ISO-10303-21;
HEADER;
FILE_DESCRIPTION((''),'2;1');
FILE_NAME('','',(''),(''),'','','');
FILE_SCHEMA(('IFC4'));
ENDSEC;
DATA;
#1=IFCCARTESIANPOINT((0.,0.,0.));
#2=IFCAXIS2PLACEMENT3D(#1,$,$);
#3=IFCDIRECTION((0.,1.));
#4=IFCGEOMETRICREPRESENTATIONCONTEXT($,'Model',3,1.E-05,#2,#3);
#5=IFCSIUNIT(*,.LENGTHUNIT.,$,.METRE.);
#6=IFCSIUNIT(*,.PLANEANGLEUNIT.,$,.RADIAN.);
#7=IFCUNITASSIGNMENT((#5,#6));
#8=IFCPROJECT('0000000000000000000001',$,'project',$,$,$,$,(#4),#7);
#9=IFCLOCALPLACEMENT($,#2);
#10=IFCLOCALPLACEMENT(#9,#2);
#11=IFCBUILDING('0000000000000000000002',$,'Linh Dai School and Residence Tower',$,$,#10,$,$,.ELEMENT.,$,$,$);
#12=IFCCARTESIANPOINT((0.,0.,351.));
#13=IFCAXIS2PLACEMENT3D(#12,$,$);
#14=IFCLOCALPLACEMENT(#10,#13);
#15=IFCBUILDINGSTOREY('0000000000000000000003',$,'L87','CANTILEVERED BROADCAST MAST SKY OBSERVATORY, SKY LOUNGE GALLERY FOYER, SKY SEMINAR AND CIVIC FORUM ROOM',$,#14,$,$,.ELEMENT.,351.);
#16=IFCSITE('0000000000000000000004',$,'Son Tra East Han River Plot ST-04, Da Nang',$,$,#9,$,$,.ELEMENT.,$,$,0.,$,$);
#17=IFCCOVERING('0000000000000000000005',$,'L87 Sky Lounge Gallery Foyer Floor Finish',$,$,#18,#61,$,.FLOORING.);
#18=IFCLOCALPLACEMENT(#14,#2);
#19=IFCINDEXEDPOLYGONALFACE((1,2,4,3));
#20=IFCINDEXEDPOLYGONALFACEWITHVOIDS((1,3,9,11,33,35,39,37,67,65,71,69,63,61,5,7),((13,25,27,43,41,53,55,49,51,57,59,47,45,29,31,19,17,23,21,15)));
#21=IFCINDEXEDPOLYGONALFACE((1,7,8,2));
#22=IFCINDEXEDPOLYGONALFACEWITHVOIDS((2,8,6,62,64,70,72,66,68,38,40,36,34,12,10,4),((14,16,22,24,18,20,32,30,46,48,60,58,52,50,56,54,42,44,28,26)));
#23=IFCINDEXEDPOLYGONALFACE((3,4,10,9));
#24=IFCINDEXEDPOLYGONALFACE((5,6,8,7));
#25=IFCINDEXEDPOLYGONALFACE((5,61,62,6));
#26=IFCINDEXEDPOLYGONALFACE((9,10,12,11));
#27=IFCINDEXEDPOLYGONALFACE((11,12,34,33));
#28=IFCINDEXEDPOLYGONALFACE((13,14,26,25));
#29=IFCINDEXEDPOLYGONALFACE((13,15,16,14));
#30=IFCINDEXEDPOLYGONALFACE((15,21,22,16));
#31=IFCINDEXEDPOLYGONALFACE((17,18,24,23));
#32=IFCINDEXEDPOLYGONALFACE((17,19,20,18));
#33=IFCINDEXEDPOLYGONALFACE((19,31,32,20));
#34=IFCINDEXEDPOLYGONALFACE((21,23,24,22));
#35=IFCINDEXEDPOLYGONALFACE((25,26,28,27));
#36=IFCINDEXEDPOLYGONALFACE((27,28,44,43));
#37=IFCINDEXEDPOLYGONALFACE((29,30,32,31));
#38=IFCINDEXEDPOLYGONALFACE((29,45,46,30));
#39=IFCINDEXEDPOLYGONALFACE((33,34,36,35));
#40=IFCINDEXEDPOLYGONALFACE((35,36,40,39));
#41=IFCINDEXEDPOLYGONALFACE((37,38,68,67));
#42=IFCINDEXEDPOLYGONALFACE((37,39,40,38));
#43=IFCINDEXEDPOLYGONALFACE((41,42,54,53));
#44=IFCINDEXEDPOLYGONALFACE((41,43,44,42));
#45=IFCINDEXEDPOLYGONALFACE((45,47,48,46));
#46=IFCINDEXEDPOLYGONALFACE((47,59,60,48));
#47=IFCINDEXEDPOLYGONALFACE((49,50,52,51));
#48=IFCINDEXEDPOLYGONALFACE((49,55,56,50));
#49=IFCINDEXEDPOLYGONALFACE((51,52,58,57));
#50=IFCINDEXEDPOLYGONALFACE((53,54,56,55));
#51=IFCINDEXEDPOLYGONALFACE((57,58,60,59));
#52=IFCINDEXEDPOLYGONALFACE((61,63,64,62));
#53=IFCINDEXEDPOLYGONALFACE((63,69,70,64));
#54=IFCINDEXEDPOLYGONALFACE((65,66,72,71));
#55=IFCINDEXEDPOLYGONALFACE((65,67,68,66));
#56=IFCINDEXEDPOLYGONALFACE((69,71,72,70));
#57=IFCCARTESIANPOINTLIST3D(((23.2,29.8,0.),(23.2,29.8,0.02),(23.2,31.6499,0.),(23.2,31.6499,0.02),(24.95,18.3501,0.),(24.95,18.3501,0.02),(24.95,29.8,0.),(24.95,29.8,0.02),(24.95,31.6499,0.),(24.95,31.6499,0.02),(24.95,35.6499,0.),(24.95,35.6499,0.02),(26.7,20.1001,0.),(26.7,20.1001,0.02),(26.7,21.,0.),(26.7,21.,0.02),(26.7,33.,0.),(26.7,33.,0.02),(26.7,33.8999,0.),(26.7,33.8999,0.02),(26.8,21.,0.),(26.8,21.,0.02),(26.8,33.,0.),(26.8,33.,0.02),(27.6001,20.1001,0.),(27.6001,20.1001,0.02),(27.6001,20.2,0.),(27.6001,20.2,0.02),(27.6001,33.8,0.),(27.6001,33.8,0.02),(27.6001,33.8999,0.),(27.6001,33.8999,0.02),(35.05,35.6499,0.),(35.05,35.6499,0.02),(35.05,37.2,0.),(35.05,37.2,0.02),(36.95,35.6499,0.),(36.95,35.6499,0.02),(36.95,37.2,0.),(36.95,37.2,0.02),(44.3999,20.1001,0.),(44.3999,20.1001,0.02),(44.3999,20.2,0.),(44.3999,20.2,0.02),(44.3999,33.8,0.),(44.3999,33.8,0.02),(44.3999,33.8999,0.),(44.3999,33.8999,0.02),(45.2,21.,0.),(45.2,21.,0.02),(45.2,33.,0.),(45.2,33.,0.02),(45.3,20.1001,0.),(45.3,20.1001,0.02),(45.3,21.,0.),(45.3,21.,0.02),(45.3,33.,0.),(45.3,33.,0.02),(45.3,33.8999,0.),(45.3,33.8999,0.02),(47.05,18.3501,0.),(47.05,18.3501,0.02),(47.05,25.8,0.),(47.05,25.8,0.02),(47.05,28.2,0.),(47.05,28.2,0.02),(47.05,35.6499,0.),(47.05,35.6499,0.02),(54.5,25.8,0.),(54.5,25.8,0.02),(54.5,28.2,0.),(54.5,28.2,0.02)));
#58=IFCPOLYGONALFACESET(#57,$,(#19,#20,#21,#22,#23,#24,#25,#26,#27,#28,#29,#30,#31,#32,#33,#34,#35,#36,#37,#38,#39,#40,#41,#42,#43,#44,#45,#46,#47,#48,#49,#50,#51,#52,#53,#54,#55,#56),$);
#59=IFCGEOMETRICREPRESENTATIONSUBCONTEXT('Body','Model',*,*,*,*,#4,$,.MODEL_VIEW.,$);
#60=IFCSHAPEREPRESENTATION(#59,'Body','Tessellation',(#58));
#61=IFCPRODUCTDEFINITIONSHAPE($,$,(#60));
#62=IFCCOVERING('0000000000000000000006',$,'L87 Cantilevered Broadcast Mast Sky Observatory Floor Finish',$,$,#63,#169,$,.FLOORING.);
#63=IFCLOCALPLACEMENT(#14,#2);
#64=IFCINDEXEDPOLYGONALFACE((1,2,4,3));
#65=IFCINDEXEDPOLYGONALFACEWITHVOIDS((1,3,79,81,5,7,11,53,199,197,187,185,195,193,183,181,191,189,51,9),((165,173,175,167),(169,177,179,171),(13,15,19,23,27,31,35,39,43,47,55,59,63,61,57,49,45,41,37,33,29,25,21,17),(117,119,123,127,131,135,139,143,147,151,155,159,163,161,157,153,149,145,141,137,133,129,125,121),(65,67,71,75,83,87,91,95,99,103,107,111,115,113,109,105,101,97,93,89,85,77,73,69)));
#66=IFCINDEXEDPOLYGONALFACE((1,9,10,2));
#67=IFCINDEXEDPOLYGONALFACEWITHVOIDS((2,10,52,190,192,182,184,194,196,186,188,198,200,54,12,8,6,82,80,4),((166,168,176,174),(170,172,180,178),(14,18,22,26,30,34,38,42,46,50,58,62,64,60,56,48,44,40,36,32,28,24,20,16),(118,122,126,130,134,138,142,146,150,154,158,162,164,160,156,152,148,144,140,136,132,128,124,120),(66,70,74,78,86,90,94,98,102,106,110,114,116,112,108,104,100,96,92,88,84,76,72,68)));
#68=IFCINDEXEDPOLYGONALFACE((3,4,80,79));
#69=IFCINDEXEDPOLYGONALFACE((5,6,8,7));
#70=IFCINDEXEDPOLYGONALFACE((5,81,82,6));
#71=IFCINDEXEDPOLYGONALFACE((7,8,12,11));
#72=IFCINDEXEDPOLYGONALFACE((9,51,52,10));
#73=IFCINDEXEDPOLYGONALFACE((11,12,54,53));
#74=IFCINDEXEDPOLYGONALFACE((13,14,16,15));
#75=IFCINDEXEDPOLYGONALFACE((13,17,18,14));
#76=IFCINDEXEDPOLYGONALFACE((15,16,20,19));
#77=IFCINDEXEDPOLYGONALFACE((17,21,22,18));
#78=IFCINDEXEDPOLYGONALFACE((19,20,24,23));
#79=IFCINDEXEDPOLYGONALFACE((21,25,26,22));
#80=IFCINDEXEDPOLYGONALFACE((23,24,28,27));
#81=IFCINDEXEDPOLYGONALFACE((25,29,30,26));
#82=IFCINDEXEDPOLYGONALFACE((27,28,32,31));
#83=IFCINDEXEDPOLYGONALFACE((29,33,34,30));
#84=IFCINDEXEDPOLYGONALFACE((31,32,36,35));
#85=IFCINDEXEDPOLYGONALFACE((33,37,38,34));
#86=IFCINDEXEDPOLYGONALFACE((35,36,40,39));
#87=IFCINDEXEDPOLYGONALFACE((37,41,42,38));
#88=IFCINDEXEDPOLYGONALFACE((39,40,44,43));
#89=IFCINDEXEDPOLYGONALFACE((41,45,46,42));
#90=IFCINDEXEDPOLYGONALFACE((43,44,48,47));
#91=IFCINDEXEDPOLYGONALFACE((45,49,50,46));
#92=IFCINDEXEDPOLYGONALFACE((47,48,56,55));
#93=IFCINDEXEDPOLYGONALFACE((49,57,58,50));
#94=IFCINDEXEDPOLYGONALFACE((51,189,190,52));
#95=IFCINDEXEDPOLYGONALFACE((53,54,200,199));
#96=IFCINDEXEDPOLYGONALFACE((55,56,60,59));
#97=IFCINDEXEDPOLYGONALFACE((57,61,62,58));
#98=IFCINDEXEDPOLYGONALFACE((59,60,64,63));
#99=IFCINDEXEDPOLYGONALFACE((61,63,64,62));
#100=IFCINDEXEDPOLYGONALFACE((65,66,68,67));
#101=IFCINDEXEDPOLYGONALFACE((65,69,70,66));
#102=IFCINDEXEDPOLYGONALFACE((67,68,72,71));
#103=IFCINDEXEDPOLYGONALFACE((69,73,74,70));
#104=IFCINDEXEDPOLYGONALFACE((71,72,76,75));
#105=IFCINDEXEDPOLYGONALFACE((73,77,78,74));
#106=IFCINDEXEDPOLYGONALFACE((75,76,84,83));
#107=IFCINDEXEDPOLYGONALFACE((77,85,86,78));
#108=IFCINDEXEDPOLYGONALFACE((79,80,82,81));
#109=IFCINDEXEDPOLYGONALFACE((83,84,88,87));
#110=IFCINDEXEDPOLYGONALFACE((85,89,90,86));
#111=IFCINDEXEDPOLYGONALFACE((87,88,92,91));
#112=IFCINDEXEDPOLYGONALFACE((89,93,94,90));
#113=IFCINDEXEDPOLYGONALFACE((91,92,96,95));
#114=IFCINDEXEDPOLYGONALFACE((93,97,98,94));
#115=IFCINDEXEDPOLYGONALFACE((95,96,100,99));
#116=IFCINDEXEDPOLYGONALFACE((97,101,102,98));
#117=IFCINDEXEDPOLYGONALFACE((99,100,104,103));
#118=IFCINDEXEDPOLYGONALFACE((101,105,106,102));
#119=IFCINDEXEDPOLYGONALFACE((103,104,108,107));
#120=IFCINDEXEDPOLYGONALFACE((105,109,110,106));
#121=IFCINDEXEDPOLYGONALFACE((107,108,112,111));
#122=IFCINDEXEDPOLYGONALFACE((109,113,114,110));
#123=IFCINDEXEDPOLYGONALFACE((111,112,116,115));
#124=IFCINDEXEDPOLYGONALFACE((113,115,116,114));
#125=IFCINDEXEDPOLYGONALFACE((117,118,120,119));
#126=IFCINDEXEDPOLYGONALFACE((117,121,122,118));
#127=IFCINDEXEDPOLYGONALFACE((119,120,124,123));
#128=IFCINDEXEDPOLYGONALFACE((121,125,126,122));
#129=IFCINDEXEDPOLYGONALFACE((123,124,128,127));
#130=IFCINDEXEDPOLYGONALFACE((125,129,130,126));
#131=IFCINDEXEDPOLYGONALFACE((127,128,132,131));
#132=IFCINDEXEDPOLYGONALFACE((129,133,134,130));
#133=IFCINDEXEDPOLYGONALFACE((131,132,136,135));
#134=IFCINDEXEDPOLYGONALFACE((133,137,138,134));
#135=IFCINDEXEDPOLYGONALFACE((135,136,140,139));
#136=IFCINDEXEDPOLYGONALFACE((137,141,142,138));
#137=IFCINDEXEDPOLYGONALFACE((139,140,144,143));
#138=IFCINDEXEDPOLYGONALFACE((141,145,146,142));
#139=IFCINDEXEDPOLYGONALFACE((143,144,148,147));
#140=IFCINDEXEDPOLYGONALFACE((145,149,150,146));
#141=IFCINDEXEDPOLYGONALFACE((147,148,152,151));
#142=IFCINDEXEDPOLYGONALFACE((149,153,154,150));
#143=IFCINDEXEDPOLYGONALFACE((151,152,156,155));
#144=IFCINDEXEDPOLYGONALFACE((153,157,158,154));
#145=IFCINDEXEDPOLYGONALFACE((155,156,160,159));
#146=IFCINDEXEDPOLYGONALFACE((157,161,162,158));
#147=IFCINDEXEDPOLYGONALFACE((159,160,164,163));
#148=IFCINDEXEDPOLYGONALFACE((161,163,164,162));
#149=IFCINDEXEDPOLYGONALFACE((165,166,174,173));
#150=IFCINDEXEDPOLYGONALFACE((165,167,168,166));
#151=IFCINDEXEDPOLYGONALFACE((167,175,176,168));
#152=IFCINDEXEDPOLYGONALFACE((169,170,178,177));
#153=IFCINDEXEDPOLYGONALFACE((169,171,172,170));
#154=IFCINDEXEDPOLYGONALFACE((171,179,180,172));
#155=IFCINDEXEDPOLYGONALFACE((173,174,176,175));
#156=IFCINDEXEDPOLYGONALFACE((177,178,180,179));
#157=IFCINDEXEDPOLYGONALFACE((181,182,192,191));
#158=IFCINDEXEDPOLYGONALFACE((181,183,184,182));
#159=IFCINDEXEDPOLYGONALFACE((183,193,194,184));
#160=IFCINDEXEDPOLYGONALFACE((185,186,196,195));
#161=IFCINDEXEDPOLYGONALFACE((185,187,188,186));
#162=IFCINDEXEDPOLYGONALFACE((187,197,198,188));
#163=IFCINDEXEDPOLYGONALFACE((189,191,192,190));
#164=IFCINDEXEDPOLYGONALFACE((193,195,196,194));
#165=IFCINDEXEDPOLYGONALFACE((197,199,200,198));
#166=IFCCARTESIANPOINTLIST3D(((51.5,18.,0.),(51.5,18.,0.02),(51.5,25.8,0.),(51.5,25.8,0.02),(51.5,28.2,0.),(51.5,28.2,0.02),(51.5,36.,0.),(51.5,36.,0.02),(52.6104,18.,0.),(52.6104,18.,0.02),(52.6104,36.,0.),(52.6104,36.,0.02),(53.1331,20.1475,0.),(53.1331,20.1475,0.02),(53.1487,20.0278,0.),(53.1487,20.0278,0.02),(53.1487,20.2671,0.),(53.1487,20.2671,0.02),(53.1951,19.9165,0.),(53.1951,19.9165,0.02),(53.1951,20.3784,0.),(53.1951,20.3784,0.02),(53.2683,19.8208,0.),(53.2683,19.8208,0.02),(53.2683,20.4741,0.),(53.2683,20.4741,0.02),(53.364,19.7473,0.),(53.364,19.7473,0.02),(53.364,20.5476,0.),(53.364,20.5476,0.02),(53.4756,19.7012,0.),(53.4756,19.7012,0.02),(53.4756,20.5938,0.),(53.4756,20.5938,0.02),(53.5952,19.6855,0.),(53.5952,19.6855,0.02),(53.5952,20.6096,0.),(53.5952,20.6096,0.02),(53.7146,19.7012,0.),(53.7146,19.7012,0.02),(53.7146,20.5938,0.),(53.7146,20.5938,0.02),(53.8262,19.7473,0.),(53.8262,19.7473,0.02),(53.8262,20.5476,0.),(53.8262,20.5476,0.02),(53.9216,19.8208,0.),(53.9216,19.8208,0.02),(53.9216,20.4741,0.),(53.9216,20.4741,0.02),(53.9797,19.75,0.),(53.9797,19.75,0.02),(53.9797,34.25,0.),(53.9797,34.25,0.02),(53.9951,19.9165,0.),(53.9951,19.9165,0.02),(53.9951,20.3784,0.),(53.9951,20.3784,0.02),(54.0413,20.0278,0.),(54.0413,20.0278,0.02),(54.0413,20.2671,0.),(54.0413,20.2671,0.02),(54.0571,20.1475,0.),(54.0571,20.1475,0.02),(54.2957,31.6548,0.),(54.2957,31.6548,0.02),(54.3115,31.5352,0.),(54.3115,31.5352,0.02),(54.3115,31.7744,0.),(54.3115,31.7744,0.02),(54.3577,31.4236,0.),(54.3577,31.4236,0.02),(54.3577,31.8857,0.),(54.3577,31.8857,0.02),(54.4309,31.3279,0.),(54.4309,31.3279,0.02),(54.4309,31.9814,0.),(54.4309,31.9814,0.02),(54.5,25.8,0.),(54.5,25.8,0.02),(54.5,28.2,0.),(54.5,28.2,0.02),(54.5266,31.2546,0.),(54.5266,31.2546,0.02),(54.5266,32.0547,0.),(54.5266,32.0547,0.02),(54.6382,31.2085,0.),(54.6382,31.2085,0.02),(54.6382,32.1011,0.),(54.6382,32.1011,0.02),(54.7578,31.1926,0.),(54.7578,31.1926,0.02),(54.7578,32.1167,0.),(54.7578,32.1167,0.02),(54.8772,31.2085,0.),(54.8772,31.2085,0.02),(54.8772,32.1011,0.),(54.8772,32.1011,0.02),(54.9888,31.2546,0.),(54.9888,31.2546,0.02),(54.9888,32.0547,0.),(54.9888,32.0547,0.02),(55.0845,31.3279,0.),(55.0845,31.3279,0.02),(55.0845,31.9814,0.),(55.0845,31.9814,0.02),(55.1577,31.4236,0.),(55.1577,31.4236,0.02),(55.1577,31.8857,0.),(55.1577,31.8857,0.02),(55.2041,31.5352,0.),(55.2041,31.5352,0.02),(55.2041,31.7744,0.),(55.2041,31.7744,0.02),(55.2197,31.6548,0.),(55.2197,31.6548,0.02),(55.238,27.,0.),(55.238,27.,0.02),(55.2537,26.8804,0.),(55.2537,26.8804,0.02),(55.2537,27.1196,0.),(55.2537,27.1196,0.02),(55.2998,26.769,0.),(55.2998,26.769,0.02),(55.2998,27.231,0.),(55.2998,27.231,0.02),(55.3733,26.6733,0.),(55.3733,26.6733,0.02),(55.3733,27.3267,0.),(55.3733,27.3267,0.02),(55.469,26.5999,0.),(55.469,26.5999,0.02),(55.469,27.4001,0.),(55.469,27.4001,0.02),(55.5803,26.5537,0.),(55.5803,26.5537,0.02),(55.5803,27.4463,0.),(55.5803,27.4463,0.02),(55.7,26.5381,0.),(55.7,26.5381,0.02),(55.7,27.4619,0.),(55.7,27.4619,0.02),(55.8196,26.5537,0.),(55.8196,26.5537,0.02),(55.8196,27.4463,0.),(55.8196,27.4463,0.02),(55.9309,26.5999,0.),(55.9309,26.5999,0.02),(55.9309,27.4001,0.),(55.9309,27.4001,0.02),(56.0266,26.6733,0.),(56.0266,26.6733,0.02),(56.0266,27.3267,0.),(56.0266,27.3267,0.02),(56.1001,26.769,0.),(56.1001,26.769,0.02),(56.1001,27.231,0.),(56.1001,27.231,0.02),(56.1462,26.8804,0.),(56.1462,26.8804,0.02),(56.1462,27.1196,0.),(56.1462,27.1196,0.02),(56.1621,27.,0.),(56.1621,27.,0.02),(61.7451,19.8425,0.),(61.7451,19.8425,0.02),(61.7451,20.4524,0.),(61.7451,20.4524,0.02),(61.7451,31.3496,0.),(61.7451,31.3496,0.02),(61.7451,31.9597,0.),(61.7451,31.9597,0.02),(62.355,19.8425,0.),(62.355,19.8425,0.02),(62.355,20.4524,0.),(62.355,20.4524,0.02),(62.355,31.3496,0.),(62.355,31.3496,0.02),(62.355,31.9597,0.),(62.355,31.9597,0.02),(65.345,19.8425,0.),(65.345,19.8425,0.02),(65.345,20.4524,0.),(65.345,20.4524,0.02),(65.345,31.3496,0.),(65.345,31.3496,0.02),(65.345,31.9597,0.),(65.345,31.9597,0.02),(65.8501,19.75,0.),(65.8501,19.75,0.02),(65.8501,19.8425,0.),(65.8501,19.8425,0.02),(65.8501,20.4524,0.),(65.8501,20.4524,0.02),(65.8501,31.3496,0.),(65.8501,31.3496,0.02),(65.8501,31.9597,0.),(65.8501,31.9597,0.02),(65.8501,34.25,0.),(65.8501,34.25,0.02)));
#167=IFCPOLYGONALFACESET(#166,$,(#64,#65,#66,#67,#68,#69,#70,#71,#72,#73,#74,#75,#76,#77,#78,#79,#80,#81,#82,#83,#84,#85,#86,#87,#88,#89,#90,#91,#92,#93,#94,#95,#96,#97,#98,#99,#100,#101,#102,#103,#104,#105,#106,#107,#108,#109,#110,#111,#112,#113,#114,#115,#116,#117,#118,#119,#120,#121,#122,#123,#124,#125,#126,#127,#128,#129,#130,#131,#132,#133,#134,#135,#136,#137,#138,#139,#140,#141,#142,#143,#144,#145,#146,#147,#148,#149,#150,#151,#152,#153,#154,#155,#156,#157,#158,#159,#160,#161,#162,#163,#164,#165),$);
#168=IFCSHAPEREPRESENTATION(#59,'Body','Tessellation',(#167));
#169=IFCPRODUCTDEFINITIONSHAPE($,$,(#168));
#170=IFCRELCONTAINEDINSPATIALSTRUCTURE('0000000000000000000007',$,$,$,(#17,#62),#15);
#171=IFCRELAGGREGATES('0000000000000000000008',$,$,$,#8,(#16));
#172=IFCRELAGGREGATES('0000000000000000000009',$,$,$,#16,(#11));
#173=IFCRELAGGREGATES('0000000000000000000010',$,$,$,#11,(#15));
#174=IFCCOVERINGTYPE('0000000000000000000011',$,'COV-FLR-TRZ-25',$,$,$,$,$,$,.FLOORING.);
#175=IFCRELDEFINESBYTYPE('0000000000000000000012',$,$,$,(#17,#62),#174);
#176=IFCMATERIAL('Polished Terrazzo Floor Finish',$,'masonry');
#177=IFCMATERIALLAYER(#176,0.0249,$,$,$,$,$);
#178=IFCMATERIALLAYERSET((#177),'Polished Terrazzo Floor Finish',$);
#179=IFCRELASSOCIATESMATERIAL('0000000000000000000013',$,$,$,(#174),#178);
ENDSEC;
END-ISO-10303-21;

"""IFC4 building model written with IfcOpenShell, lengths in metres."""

from ifc_helpers import new_model, si_unit, direction, frame, origin, place, context, subcontext, project, spatial, polyline, outline, extrude, material, layer, layer_set, type_object, element, save


model = new_model("IFC4")

# Units and contexts
model_context = context("Model", 3, precision=1e-05, world=origin(), true_north=direction((0.0, 1.0)))
body_context = subcontext(model_context, "Body", "Model", "MODEL_VIEW")
ifc_project = project(units=[si_unit("LENGTHUNIT", "METRE"), si_unit("PLANEANGLEUNIT", "RADIAN")], contexts=[model_context])

# Site, building, storey
site_placement = place(None, origin())
site = spatial("IfcSite", under=ifc_project, at=site_placement, Name="Son Tra East Han River Plot ST-04, Da Nang", CompositionType="ELEMENT", RefElevation=0.0)
building_placement = place(site_placement, origin())
building = spatial("IfcBuilding", under=site, at=building_placement, Name="Linh Dai School and Residence Tower", CompositionType="ELEMENT")
storey_placement = place(building_placement, frame((0.0, 0.0, 351.0)))
storey = spatial("IfcBuildingStorey", under=building, at=storey_placement, Name="L87", Description="CANTILEVERED BROADCAST MAST SKY OBSERVATORY, SKY LOUNGE GALLERY FOYER, SKY SEMINAR AND CIVIC FORUM ROOM", CompositionType="ELEMENT", Elevation=351.0)

# Coverings
ifc_material_1 = material(Name="Polished Terrazzo Floor Finish", Category="masonry")
ifc_layer_1 = layer(ifc_material_1, 0.0249)
ifc_layer_set_1 = layer_set([ifc_layer_1], Name="Polished Terrazzo Floor Finish")
covering_type_1 = type_object("IfcCoveringType", Name="COV-FLR-TRZ-25", PredefinedType="FLOORING", material=ifc_layer_set_1)
covering_1_placement = place(storey_placement, origin())
element("IfcCovering", 1, at=covering_1_placement, inside=storey, type_object=covering_type_1, Name="L87 Sky Lounge Gallery Foyer Floor Finish", PredefinedType="FLOORING", context=body_context, shape_type="SweptSolid", body=[
    extrude(outline(polyline([(24.95, 31.6499), (24.95, 35.6499), (35.05, 35.6499), (35.05, 37.2), (36.95, 37.2), (36.95, 35.6499), (47.05, 35.6499), (47.05, 28.2), (54.5, 28.2), (54.5, 25.8), (47.05, 25.8), (47.05, 18.3501), (24.95, 18.3501), (24.95, 29.8), (23.2, 29.8), (23.2, 31.6499), (24.95, 31.6499)]), holes=[polyline([(27.6001, 33.8), (27.6001, 33.8999), (26.7, 33.8999), (26.7, 33.0), (26.8, 33.0), (26.8, 21.0), (26.7, 21.0), (26.7, 20.1001), (27.6001, 20.1001), (27.6001, 20.2), (44.3999, 20.2), (44.3999, 20.1001), (45.3, 20.1001), (45.3, 21.0), (45.2, 21.0), (45.2, 33.0), (45.3, 33.0), (45.3, 33.8999), (44.3999, 33.8999), (44.3999, 33.8), (27.6001, 33.8)])]), origin(), (0.0, 0.0, 1.0), 0.02),
])
covering_2_placement = place(storey_placement, origin())
element("IfcCovering", 2, at=covering_2_placement, inside=storey, type_object=covering_type_1, Name="L87 Cantilevered Broadcast Mast Sky Observatory Floor Finish", PredefinedType="FLOORING", context=body_context, shape_type="SweptSolid", body=[
    extrude(outline(polyline([(65.8501, 34.25), (65.8501, 31.9597), (65.345, 31.9597), (65.345, 31.3496), (65.8501, 31.3496), (65.8501, 20.4524), (65.345, 20.4524), (65.345, 19.8425), (65.8501, 19.8425), (65.8501, 19.75), (53.9797, 19.75), (52.6104, 18.0), (51.5, 18.0), (51.5, 25.8), (54.5, 25.8), (54.5, 28.2), (51.5, 28.2), (51.5, 36.0), (52.6104, 36.0), (53.9797, 34.25), (65.8501, 34.25)]), holes=[polyline([(61.7451, 20.4524), (61.7451, 19.8425), (62.355, 19.8425), (62.355, 20.4524), (61.7451, 20.4524)]), polyline([(61.7451, 31.9597), (61.7451, 31.3496), (62.355, 31.3496), (62.355, 31.9597), (61.7451, 31.9597)]), polyline([(56.1001, 26.769), (56.1462, 26.8804), (56.1621, 27.0), (56.1462, 27.1196), (56.1001, 27.231), (56.0266, 27.3267), (55.9309, 27.4001), (55.8196, 27.4463), (55.7, 27.4619), (55.5803, 27.4463), (55.469, 27.4001), (55.3733, 27.3267), (55.2998, 27.231), (55.2537, 27.1196), (55.238, 27.0), (55.2537, 26.8804), (55.2998, 26.769), (55.3733, 26.6733), (55.469, 26.5999), (55.5803, 26.5537), (55.7, 26.5381), (55.8196, 26.5537), (55.9309, 26.5999), (56.0266, 26.6733), (56.1001, 26.769)]), polyline([(55.1577, 31.4236), (55.2041, 31.5352), (55.2197, 31.6548), (55.2041, 31.7744), (55.1577, 31.8857), (55.0845, 31.9814), (54.9888, 32.0547), (54.8772, 32.1011), (54.7578, 32.1167), (54.6382, 32.1011), (54.5266, 32.0547), (54.4309, 31.9814), (54.3577, 31.8857), (54.3115, 31.7744), (54.2957, 31.6548), (54.3115, 31.5352), (54.3577, 31.4236), (54.4309, 31.3279), (54.5266, 31.2546), (54.6382, 31.2085), (54.7578, 31.1926), (54.8772, 31.2085), (54.9888, 31.2546), (55.0845, 31.3279), (55.1577, 31.4236)]), polyline([(54.0413, 20.0278), (54.0571, 20.1475), (54.0413, 20.2671), (53.9951, 20.3784), (53.9216, 20.4741), (53.8262, 20.5476), (53.7146, 20.5938), (53.5952, 20.6096), (53.4756, 20.5938), (53.364, 20.5476), (53.2683, 20.4741), (53.1951, 20.3784), (53.1487, 20.2671), (53.1331, 20.1475), (53.1487, 20.0278), (53.1951, 19.9165), (53.2683, 19.8208), (53.364, 19.7473), (53.4756, 19.7012), (53.5952, 19.6855), (53.7146, 19.7012), (53.8262, 19.7473), (53.9216, 19.8208), (53.9951, 19.9165), (54.0413, 20.0278)])]), origin(), (0.0, 0.0, 1.0), 0.02),
])

save(model, "model.ifc")
